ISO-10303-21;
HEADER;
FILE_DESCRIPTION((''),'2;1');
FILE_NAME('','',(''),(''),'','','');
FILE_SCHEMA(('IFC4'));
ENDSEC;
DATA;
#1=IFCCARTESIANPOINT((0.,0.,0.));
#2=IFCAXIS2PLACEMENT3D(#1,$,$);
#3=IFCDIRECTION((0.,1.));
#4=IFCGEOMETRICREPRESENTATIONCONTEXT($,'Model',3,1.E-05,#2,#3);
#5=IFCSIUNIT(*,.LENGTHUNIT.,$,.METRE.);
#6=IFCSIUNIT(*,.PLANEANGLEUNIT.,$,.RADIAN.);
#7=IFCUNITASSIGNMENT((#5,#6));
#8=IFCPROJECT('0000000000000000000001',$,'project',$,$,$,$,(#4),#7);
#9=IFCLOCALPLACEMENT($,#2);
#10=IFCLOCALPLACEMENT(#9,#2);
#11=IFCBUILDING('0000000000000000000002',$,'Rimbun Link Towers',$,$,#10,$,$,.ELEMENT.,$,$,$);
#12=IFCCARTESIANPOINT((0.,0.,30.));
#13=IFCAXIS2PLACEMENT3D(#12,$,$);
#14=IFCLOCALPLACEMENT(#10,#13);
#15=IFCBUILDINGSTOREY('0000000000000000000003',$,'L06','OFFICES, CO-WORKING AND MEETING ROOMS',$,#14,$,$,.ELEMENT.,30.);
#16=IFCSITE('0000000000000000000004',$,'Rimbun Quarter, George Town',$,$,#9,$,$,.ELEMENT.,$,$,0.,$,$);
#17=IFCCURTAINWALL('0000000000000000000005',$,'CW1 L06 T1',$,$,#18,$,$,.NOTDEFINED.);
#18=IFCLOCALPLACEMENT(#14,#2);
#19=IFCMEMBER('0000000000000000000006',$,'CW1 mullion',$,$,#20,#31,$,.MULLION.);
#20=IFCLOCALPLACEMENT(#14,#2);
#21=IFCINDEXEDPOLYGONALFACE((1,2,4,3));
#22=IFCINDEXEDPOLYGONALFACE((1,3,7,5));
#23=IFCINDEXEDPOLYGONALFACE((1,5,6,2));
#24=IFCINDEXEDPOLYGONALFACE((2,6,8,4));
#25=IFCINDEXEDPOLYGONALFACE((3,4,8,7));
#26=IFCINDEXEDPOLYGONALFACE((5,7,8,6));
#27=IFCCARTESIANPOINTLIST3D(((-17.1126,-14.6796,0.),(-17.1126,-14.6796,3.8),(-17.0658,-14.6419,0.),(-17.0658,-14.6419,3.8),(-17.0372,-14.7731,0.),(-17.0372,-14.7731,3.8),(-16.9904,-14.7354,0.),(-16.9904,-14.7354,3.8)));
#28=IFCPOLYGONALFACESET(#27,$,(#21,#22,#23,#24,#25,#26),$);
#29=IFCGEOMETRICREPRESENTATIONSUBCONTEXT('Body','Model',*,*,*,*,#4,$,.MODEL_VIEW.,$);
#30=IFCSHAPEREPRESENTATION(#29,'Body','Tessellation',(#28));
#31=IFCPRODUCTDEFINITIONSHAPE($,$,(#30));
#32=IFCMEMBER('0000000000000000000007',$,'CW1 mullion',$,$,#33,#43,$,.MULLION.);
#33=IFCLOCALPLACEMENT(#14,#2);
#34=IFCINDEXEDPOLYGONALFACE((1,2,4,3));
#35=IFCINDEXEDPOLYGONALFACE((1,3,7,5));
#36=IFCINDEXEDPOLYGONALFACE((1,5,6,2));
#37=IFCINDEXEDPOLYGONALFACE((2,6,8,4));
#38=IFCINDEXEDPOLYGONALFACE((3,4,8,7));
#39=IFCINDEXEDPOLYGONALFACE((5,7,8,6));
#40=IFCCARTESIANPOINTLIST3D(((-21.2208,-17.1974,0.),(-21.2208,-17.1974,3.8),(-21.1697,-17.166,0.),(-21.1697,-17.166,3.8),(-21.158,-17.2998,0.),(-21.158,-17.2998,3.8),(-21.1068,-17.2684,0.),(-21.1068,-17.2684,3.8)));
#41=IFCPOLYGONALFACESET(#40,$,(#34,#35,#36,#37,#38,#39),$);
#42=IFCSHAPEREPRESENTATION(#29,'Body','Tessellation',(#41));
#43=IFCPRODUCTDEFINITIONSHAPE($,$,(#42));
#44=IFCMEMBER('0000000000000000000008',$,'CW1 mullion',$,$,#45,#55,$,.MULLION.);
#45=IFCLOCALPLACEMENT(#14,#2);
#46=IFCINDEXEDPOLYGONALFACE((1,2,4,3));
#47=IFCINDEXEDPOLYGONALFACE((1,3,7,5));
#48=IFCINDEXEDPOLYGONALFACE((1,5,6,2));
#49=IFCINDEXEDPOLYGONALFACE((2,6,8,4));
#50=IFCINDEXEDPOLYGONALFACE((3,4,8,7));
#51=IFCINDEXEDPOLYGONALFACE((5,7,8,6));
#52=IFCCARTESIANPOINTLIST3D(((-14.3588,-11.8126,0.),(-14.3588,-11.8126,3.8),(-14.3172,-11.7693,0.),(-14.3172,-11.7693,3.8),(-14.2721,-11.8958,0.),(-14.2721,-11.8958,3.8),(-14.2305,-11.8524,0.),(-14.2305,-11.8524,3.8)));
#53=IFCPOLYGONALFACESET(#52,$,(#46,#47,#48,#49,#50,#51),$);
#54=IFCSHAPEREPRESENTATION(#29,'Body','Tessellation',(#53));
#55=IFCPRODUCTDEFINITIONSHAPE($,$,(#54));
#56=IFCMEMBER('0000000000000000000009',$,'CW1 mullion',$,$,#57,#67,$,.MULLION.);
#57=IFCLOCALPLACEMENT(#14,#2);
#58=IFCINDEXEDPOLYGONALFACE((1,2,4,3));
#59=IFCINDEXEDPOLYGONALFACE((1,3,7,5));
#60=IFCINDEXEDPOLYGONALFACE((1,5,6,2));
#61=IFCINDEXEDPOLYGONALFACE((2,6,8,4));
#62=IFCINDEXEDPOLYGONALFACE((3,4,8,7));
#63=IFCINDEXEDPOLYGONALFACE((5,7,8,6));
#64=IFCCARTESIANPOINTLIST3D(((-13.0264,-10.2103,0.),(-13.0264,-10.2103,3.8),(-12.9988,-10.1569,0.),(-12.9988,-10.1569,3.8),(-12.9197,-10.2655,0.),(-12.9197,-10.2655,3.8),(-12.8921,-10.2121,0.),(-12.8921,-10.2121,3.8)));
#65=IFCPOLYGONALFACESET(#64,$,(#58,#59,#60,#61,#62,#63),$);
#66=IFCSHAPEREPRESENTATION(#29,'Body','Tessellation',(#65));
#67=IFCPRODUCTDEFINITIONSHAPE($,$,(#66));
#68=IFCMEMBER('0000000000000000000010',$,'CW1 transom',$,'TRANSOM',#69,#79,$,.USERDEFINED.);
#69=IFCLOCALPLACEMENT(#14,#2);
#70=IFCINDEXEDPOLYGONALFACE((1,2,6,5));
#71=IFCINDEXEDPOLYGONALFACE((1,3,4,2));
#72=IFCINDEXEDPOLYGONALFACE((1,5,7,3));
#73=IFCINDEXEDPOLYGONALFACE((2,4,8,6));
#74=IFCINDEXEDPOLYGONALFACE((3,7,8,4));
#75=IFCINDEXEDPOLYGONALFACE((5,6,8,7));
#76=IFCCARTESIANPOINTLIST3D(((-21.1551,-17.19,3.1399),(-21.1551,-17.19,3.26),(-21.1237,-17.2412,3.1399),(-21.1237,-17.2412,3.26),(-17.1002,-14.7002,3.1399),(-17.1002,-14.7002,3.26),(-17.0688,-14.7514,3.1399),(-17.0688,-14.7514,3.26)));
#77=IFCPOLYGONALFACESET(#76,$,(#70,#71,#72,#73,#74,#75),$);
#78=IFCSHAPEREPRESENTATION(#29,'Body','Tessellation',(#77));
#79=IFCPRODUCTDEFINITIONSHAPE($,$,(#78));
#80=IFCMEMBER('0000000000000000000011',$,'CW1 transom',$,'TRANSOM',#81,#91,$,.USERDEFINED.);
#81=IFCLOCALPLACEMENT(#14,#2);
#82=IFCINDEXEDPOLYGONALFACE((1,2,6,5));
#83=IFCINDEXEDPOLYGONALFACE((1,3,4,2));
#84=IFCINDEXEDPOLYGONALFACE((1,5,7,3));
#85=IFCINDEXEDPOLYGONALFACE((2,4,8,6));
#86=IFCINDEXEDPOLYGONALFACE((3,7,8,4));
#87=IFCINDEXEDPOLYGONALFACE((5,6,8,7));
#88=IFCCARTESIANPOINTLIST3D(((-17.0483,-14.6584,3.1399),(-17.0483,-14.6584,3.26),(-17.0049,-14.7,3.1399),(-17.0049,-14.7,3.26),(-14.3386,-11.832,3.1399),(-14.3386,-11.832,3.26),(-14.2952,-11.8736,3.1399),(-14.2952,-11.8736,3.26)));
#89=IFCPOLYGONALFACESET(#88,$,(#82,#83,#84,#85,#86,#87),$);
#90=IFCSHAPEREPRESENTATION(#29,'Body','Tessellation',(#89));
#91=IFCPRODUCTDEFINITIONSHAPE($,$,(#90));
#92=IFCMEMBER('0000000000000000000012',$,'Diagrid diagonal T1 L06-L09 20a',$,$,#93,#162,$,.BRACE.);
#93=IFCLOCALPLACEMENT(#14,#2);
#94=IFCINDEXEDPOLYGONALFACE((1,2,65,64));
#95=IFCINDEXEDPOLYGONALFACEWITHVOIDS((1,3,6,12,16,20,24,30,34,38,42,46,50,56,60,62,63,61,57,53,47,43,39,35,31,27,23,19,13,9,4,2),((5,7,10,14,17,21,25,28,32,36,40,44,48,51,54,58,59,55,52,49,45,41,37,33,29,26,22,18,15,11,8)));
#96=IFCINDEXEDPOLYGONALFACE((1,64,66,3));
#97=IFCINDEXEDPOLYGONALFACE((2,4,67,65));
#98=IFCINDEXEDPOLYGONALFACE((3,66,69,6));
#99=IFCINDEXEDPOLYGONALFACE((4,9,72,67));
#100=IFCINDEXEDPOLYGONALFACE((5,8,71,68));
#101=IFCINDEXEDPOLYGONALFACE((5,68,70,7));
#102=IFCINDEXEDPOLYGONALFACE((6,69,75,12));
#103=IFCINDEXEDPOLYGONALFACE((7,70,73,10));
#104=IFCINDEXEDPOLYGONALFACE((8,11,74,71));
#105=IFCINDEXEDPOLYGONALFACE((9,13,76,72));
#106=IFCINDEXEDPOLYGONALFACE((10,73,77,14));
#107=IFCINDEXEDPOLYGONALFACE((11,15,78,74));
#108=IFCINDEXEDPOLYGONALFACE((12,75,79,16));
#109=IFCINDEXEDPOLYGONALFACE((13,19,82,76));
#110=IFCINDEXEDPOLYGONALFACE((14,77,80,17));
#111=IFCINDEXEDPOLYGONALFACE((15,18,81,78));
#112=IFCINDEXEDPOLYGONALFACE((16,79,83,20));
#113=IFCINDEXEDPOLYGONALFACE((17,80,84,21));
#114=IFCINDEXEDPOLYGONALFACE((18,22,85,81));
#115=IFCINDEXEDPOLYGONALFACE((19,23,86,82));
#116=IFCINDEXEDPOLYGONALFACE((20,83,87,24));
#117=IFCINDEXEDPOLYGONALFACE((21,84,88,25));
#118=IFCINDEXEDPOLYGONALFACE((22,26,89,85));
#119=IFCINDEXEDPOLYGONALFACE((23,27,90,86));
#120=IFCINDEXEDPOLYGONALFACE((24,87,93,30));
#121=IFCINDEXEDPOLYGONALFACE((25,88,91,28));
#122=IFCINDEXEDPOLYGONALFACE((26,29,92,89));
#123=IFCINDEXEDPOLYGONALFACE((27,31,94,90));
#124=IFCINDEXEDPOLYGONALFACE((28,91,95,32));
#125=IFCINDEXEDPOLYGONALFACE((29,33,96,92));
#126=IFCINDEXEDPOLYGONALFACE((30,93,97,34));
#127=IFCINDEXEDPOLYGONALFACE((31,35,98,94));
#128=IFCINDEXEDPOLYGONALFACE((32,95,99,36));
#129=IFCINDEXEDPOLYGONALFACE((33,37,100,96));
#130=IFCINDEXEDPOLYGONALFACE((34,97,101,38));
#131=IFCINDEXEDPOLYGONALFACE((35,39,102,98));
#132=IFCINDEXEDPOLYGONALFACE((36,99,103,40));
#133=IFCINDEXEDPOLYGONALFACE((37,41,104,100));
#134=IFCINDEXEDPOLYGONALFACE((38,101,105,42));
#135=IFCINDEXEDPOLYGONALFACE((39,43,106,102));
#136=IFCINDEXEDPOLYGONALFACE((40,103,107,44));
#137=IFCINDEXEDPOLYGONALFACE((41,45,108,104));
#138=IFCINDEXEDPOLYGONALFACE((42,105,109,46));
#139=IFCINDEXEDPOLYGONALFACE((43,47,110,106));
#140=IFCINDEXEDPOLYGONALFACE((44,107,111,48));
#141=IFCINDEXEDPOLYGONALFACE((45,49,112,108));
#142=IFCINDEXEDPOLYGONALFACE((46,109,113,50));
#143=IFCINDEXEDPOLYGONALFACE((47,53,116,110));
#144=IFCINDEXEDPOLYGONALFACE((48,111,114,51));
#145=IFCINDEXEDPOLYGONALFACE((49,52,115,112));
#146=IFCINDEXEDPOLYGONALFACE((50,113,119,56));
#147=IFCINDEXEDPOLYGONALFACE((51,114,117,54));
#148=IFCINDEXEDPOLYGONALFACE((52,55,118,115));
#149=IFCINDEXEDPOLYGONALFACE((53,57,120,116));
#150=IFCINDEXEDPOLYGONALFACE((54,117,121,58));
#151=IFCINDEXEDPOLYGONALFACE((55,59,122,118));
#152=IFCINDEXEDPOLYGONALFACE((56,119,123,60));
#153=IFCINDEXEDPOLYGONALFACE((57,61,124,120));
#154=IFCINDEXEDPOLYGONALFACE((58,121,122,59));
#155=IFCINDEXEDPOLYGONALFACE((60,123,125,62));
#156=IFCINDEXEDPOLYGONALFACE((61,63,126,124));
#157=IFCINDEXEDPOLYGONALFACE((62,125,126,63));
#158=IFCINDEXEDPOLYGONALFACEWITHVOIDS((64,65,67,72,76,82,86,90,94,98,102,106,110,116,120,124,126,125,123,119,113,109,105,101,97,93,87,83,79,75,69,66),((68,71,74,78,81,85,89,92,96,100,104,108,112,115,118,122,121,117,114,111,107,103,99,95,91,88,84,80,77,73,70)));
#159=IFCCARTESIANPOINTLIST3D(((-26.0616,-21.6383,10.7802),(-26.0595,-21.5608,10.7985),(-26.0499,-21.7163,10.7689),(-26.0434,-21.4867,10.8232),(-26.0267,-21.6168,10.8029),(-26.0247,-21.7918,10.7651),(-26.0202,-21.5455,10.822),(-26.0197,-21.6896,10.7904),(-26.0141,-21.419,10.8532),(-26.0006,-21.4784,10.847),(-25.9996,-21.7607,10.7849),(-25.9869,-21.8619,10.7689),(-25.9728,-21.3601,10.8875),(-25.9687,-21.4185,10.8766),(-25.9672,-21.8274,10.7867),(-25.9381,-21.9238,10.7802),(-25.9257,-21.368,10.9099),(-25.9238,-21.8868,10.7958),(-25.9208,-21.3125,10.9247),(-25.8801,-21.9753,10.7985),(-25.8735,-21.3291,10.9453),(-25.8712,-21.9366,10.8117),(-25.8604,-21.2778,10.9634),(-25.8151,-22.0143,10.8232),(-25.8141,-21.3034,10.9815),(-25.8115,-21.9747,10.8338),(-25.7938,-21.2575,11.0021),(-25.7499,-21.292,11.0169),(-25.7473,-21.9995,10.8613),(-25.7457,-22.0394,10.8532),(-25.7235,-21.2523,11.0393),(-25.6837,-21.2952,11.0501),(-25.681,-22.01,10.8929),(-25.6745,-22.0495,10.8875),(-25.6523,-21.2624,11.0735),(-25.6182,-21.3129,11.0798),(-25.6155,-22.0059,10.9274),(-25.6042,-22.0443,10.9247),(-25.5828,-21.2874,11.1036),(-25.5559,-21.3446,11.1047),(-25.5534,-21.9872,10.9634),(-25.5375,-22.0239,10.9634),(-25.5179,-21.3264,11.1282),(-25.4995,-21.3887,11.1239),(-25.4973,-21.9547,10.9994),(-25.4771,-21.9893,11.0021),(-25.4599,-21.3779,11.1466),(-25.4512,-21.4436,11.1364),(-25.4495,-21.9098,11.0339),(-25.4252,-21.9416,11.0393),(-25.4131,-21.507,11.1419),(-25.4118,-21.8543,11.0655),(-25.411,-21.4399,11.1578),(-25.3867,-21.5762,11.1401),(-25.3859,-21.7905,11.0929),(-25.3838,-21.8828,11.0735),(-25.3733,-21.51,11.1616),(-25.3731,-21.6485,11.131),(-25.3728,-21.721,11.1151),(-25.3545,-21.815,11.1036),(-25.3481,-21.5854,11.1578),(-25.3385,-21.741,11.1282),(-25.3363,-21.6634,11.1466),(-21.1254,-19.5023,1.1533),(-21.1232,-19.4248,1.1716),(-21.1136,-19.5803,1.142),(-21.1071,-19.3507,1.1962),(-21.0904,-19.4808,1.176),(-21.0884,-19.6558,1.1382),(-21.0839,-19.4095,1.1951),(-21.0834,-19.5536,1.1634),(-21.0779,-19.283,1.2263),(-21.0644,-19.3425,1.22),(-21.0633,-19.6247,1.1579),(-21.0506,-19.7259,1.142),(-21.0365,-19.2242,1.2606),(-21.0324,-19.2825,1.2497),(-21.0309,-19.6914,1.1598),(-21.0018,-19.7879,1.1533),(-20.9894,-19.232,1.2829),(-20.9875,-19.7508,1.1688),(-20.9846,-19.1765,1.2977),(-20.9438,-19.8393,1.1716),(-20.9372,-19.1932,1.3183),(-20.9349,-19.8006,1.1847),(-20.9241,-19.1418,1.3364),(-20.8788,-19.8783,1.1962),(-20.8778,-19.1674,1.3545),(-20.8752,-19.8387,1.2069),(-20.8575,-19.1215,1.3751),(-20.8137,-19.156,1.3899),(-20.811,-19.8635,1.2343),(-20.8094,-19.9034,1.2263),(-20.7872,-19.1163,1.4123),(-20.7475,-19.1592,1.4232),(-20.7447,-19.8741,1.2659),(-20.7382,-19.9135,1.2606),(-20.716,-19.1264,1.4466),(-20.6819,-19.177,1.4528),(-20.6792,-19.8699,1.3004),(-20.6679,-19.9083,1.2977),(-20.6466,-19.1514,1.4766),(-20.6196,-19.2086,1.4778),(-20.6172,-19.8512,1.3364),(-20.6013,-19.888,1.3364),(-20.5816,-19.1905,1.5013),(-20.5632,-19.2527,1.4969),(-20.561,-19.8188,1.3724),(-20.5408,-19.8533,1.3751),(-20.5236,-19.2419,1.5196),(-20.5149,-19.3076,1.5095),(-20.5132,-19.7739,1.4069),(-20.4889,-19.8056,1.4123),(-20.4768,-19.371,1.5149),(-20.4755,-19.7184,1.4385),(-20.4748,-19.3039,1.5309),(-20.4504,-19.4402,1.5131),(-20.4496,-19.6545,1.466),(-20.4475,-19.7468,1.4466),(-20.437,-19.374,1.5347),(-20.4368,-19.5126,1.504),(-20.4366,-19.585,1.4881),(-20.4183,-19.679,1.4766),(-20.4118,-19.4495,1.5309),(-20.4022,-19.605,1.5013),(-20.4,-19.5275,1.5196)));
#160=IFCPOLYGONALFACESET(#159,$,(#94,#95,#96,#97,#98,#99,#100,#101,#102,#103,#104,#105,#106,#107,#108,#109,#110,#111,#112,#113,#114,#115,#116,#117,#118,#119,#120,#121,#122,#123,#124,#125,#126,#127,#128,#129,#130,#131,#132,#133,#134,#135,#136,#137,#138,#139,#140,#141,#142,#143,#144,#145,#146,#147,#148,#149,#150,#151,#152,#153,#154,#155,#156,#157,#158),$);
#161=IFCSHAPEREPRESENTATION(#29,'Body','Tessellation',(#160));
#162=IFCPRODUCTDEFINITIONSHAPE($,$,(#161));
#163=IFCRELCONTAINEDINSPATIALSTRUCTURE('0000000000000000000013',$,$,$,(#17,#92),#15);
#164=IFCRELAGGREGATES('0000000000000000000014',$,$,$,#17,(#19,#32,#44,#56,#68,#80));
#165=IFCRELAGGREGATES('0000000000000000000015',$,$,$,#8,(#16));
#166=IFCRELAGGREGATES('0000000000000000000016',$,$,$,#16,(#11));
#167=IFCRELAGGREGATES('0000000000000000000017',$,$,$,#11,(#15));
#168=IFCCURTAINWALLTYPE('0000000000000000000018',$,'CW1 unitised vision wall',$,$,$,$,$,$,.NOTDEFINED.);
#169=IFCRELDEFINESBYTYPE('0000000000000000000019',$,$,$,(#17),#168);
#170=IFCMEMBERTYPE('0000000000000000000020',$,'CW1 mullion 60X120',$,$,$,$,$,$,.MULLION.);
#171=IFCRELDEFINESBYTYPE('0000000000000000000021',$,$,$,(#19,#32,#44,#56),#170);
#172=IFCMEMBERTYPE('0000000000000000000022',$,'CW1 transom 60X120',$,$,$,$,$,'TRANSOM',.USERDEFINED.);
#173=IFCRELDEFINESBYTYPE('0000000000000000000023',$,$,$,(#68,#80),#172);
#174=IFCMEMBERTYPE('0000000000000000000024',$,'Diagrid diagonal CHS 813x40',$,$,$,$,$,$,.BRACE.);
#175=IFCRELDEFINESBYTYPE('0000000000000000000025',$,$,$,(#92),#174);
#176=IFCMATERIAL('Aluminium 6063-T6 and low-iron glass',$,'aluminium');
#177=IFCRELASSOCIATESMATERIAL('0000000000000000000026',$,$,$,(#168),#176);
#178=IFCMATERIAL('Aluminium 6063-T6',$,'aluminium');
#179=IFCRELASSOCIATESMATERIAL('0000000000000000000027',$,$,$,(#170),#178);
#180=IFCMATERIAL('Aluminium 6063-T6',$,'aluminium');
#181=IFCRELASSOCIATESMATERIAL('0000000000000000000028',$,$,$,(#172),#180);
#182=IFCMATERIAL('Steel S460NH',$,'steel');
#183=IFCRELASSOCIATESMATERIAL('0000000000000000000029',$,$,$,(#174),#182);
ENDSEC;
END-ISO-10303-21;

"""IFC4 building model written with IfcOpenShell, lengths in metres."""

from ifc_helpers import new_model, si_unit, direction, frame, origin, origin_2d, place, context, subcontext, project, spatial, rectangle, hollow_circle, extrude, material, material_profile, profile_set, type_object, element, aggregate, save


model = new_model("IFC4")

# Units and contexts
model_context = context("Model", 3, precision=1e-05, world=origin(), true_north=direction((0.0, 1.0)))
body_context = subcontext(model_context, "Body", "Model", "MODEL_VIEW")
ifc_project = project(units=[si_unit("LENGTHUNIT", "METRE"), si_unit("PLANEANGLEUNIT", "RADIAN")], contexts=[model_context])

# Site, building, storey
site_placement = place(None, origin())
site = spatial("IfcSite", under=ifc_project, at=site_placement, Name="Rimbun Quarter, George Town", CompositionType="ELEMENT", RefElevation=0.0)
building_placement = place(site_placement, origin())
building = spatial("IfcBuilding", under=site, at=building_placement, Name="Rimbun Link Towers", CompositionType="ELEMENT")
storey_placement = place(building_placement, frame((0.0, 0.0, 30.0)))
storey = spatial("IfcBuildingStorey", under=building, at=storey_placement, Name="L06", Description="OFFICES, CO-WORKING AND MEETING ROOMS", CompositionType="ELEMENT", Elevation=30.0)

# Curtain wall, members
ifc_material_1 = material(Name="Aluminium 6063-T6 and low-iron glass", Category="aluminium")
curtain_wall_type = type_object("IfcCurtainWallType", Name="CW1 unitised vision wall", PredefinedType="NOTDEFINED", material=ifc_material_1)
curtain_wall_placement = place(storey_placement, origin())
curtain_wall = element("IfcCurtainWall", 1, at=curtain_wall_placement, inside=storey, type_object=curtain_wall_type, Name="CW1 L06 T1", PredefinedType="NOTDEFINED")
ifc_material_2 = material(Name="Aluminium 6063-T6", Category="aluminium")
ifc_material_profile_1 = material_profile(ifc_material_2, rectangle(XDim=0.1201, YDim=0.0601, at=origin_2d()), Name="MULLION 60X120")
ifc_profile_set_1 = profile_set([ifc_material_profile_1], Name="Aluminium 6063-T6")
member_type_1 = type_object("IfcMemberType", Name="CW1 mullion 60X120", PredefinedType="MULLION", material=ifc_profile_set_1)
member_1_placement = place(storey_placement, frame((-17.0515, -14.7075, 0.0), z_axis=(0.0, 0.0, 1.0), x_axis=(0.627666, -0.778483, 0.0)))
member_1 = element("IfcMember", 2, at=member_1_placement, type_object=member_type_1, Name="CW1 mullion", PredefinedType="MULLION", context=body_context, shape_type="SweptSolid", body=[
    extrude(rectangle(XDim=0.1201, YDim=0.0601, at=origin_2d()), origin(), (0.0, 0.0, 1.0), 3.8),
])
member_2_placement = place(storey_placement, frame((-21.1638, -17.2329, 0.0), z_axis=(0.0, 0.0, 1.0), x_axis=(0.523232, -0.85219, 0.0)))
member_2 = element("IfcMember", 3, at=member_2_placement, type_object=member_type_1, Name="CW1 mullion", PredefinedType="MULLION", context=body_context, shape_type="SweptSolid", body=[
    extrude(rectangle(XDim=0.1201, YDim=0.0601, at=origin_2d()), origin(), (0.0, 0.0, 1.0), 3.8),
])
member_3_placement = place(storey_placement, frame((-14.2947, -11.8325, 0.0), z_axis=(0.0, 0.0, 1.0), x_axis=(0.721844, -0.692056, 0.0)))
member_3 = element("IfcMember", 4, at=member_3_placement, type_object=member_type_1, Name="CW1 mullion", PredefinedType="MULLION", context=body_context, shape_type="SweptSolid", body=[
    extrude(rectangle(XDim=0.1201, YDim=0.0601, at=origin_2d()), origin(), (0.0, 0.0, 1.0), 3.8),
])
member_4_placement = place(storey_placement, frame((-12.9592, -10.2112, 0.0), z_axis=(0.0, 0.0, 1.0), x_axis=(0.888153, -0.459548, 0.0)))
member_4 = element("IfcMember", 5, at=member_4_placement, type_object=member_type_1, Name="CW1 mullion", PredefinedType="MULLION", context=body_context, shape_type="SweptSolid", body=[
    extrude(rectangle(XDim=0.1201, YDim=0.0601, at=origin_2d()), origin(), (0.0, 0.0, 1.0), 3.8),
])
ifc_material_3 = material(Name="Aluminium 6063-T6", Category="aluminium")
ifc_material_profile_2 = material_profile(ifc_material_3, rectangle(XDim=0.0601, YDim=0.1201, at=origin_2d()), Name="TRANSOM 60X120")
ifc_profile_set_2 = profile_set([ifc_material_profile_2], Name="Aluminium 6063-T6")
member_type_2 = type_object("IfcMemberType", Name="CW1 transom 60X120", ElementType="TRANSOM", PredefinedType="USERDEFINED", material=ifc_profile_set_2)
member_5_placement = place(storey_placement, frame((-17.0845, -14.7258, 3.2), z_axis=(-0.852183, -0.523244, 0.0), x_axis=(0.523244, -0.852183, 0.0)))
member_5 = element("IfcMember", 6, at=member_5_placement, type_object=member_type_2, Name="CW1 transom", ObjectType="TRANSOM", PredefinedType="USERDEFINED", context=body_context, shape_type="SweptSolid", body=[
    extrude(rectangle(XDim=0.0601, YDim=0.1201, at=origin_2d()), origin(), (0.0, 0.0, 1.0), 4.7583),
])
member_6_placement = place(storey_placement, frame((-14.3169, -11.8528, 3.2), z_axis=(-0.692048, -0.721852, 0.0), x_axis=(0.721852, -0.692048, 0.0)))
member_6 = element("IfcMember", 7, at=member_6_placement, type_object=member_type_2, Name="CW1 transom", ObjectType="TRANSOM", PredefinedType="USERDEFINED", context=body_context, shape_type="SweptSolid", body=[
    extrude(rectangle(XDim=0.0601, YDim=0.1201, at=origin_2d()), origin(), (0.0, 0.0, 1.0), 3.9155),
])

# Member
ifc_material_4 = material(Name="Steel S460NH", Category="steel")
ifc_material_profile_3 = material_profile(ifc_material_4, hollow_circle(Radius=0.4065, WallThickness=0.04, at=origin_2d()), Name="Diagrid diagonal CHS 813x40")
ifc_profile_set_3 = profile_set([ifc_material_profile_3], Name="Steel S460NH")
member_type_3 = type_object("IfcMemberType", Name="Diagrid diagonal CHS 813x40", PredefinedType="BRACE", material=ifc_profile_set_3)
member_7_placement = place(storey_placement, frame((-20.7627, -19.5149, 1.3364), z_axis=(-0.44763, -0.193695, 0.872989), x_axis=(0.397127, -0.917764, 0.0)))
element("IfcMember", 8, at=member_7_placement, inside=storey, type_object=member_type_3, Name="Diagrid diagonal T1 L06-L09 20a", PredefinedType="BRACE", context=body_context, shape_type="SweptSolid", body=[
    extrude(hollow_circle(Radius=0.4065, WallThickness=0.04, at=origin_2d()), origin(), (0.0, 0.0, 1.0), 11.0276),
])

aggregate(curtain_wall, [member_1, member_2, member_3, member_4, member_5, member_6])

save(model, "model.ifc")
